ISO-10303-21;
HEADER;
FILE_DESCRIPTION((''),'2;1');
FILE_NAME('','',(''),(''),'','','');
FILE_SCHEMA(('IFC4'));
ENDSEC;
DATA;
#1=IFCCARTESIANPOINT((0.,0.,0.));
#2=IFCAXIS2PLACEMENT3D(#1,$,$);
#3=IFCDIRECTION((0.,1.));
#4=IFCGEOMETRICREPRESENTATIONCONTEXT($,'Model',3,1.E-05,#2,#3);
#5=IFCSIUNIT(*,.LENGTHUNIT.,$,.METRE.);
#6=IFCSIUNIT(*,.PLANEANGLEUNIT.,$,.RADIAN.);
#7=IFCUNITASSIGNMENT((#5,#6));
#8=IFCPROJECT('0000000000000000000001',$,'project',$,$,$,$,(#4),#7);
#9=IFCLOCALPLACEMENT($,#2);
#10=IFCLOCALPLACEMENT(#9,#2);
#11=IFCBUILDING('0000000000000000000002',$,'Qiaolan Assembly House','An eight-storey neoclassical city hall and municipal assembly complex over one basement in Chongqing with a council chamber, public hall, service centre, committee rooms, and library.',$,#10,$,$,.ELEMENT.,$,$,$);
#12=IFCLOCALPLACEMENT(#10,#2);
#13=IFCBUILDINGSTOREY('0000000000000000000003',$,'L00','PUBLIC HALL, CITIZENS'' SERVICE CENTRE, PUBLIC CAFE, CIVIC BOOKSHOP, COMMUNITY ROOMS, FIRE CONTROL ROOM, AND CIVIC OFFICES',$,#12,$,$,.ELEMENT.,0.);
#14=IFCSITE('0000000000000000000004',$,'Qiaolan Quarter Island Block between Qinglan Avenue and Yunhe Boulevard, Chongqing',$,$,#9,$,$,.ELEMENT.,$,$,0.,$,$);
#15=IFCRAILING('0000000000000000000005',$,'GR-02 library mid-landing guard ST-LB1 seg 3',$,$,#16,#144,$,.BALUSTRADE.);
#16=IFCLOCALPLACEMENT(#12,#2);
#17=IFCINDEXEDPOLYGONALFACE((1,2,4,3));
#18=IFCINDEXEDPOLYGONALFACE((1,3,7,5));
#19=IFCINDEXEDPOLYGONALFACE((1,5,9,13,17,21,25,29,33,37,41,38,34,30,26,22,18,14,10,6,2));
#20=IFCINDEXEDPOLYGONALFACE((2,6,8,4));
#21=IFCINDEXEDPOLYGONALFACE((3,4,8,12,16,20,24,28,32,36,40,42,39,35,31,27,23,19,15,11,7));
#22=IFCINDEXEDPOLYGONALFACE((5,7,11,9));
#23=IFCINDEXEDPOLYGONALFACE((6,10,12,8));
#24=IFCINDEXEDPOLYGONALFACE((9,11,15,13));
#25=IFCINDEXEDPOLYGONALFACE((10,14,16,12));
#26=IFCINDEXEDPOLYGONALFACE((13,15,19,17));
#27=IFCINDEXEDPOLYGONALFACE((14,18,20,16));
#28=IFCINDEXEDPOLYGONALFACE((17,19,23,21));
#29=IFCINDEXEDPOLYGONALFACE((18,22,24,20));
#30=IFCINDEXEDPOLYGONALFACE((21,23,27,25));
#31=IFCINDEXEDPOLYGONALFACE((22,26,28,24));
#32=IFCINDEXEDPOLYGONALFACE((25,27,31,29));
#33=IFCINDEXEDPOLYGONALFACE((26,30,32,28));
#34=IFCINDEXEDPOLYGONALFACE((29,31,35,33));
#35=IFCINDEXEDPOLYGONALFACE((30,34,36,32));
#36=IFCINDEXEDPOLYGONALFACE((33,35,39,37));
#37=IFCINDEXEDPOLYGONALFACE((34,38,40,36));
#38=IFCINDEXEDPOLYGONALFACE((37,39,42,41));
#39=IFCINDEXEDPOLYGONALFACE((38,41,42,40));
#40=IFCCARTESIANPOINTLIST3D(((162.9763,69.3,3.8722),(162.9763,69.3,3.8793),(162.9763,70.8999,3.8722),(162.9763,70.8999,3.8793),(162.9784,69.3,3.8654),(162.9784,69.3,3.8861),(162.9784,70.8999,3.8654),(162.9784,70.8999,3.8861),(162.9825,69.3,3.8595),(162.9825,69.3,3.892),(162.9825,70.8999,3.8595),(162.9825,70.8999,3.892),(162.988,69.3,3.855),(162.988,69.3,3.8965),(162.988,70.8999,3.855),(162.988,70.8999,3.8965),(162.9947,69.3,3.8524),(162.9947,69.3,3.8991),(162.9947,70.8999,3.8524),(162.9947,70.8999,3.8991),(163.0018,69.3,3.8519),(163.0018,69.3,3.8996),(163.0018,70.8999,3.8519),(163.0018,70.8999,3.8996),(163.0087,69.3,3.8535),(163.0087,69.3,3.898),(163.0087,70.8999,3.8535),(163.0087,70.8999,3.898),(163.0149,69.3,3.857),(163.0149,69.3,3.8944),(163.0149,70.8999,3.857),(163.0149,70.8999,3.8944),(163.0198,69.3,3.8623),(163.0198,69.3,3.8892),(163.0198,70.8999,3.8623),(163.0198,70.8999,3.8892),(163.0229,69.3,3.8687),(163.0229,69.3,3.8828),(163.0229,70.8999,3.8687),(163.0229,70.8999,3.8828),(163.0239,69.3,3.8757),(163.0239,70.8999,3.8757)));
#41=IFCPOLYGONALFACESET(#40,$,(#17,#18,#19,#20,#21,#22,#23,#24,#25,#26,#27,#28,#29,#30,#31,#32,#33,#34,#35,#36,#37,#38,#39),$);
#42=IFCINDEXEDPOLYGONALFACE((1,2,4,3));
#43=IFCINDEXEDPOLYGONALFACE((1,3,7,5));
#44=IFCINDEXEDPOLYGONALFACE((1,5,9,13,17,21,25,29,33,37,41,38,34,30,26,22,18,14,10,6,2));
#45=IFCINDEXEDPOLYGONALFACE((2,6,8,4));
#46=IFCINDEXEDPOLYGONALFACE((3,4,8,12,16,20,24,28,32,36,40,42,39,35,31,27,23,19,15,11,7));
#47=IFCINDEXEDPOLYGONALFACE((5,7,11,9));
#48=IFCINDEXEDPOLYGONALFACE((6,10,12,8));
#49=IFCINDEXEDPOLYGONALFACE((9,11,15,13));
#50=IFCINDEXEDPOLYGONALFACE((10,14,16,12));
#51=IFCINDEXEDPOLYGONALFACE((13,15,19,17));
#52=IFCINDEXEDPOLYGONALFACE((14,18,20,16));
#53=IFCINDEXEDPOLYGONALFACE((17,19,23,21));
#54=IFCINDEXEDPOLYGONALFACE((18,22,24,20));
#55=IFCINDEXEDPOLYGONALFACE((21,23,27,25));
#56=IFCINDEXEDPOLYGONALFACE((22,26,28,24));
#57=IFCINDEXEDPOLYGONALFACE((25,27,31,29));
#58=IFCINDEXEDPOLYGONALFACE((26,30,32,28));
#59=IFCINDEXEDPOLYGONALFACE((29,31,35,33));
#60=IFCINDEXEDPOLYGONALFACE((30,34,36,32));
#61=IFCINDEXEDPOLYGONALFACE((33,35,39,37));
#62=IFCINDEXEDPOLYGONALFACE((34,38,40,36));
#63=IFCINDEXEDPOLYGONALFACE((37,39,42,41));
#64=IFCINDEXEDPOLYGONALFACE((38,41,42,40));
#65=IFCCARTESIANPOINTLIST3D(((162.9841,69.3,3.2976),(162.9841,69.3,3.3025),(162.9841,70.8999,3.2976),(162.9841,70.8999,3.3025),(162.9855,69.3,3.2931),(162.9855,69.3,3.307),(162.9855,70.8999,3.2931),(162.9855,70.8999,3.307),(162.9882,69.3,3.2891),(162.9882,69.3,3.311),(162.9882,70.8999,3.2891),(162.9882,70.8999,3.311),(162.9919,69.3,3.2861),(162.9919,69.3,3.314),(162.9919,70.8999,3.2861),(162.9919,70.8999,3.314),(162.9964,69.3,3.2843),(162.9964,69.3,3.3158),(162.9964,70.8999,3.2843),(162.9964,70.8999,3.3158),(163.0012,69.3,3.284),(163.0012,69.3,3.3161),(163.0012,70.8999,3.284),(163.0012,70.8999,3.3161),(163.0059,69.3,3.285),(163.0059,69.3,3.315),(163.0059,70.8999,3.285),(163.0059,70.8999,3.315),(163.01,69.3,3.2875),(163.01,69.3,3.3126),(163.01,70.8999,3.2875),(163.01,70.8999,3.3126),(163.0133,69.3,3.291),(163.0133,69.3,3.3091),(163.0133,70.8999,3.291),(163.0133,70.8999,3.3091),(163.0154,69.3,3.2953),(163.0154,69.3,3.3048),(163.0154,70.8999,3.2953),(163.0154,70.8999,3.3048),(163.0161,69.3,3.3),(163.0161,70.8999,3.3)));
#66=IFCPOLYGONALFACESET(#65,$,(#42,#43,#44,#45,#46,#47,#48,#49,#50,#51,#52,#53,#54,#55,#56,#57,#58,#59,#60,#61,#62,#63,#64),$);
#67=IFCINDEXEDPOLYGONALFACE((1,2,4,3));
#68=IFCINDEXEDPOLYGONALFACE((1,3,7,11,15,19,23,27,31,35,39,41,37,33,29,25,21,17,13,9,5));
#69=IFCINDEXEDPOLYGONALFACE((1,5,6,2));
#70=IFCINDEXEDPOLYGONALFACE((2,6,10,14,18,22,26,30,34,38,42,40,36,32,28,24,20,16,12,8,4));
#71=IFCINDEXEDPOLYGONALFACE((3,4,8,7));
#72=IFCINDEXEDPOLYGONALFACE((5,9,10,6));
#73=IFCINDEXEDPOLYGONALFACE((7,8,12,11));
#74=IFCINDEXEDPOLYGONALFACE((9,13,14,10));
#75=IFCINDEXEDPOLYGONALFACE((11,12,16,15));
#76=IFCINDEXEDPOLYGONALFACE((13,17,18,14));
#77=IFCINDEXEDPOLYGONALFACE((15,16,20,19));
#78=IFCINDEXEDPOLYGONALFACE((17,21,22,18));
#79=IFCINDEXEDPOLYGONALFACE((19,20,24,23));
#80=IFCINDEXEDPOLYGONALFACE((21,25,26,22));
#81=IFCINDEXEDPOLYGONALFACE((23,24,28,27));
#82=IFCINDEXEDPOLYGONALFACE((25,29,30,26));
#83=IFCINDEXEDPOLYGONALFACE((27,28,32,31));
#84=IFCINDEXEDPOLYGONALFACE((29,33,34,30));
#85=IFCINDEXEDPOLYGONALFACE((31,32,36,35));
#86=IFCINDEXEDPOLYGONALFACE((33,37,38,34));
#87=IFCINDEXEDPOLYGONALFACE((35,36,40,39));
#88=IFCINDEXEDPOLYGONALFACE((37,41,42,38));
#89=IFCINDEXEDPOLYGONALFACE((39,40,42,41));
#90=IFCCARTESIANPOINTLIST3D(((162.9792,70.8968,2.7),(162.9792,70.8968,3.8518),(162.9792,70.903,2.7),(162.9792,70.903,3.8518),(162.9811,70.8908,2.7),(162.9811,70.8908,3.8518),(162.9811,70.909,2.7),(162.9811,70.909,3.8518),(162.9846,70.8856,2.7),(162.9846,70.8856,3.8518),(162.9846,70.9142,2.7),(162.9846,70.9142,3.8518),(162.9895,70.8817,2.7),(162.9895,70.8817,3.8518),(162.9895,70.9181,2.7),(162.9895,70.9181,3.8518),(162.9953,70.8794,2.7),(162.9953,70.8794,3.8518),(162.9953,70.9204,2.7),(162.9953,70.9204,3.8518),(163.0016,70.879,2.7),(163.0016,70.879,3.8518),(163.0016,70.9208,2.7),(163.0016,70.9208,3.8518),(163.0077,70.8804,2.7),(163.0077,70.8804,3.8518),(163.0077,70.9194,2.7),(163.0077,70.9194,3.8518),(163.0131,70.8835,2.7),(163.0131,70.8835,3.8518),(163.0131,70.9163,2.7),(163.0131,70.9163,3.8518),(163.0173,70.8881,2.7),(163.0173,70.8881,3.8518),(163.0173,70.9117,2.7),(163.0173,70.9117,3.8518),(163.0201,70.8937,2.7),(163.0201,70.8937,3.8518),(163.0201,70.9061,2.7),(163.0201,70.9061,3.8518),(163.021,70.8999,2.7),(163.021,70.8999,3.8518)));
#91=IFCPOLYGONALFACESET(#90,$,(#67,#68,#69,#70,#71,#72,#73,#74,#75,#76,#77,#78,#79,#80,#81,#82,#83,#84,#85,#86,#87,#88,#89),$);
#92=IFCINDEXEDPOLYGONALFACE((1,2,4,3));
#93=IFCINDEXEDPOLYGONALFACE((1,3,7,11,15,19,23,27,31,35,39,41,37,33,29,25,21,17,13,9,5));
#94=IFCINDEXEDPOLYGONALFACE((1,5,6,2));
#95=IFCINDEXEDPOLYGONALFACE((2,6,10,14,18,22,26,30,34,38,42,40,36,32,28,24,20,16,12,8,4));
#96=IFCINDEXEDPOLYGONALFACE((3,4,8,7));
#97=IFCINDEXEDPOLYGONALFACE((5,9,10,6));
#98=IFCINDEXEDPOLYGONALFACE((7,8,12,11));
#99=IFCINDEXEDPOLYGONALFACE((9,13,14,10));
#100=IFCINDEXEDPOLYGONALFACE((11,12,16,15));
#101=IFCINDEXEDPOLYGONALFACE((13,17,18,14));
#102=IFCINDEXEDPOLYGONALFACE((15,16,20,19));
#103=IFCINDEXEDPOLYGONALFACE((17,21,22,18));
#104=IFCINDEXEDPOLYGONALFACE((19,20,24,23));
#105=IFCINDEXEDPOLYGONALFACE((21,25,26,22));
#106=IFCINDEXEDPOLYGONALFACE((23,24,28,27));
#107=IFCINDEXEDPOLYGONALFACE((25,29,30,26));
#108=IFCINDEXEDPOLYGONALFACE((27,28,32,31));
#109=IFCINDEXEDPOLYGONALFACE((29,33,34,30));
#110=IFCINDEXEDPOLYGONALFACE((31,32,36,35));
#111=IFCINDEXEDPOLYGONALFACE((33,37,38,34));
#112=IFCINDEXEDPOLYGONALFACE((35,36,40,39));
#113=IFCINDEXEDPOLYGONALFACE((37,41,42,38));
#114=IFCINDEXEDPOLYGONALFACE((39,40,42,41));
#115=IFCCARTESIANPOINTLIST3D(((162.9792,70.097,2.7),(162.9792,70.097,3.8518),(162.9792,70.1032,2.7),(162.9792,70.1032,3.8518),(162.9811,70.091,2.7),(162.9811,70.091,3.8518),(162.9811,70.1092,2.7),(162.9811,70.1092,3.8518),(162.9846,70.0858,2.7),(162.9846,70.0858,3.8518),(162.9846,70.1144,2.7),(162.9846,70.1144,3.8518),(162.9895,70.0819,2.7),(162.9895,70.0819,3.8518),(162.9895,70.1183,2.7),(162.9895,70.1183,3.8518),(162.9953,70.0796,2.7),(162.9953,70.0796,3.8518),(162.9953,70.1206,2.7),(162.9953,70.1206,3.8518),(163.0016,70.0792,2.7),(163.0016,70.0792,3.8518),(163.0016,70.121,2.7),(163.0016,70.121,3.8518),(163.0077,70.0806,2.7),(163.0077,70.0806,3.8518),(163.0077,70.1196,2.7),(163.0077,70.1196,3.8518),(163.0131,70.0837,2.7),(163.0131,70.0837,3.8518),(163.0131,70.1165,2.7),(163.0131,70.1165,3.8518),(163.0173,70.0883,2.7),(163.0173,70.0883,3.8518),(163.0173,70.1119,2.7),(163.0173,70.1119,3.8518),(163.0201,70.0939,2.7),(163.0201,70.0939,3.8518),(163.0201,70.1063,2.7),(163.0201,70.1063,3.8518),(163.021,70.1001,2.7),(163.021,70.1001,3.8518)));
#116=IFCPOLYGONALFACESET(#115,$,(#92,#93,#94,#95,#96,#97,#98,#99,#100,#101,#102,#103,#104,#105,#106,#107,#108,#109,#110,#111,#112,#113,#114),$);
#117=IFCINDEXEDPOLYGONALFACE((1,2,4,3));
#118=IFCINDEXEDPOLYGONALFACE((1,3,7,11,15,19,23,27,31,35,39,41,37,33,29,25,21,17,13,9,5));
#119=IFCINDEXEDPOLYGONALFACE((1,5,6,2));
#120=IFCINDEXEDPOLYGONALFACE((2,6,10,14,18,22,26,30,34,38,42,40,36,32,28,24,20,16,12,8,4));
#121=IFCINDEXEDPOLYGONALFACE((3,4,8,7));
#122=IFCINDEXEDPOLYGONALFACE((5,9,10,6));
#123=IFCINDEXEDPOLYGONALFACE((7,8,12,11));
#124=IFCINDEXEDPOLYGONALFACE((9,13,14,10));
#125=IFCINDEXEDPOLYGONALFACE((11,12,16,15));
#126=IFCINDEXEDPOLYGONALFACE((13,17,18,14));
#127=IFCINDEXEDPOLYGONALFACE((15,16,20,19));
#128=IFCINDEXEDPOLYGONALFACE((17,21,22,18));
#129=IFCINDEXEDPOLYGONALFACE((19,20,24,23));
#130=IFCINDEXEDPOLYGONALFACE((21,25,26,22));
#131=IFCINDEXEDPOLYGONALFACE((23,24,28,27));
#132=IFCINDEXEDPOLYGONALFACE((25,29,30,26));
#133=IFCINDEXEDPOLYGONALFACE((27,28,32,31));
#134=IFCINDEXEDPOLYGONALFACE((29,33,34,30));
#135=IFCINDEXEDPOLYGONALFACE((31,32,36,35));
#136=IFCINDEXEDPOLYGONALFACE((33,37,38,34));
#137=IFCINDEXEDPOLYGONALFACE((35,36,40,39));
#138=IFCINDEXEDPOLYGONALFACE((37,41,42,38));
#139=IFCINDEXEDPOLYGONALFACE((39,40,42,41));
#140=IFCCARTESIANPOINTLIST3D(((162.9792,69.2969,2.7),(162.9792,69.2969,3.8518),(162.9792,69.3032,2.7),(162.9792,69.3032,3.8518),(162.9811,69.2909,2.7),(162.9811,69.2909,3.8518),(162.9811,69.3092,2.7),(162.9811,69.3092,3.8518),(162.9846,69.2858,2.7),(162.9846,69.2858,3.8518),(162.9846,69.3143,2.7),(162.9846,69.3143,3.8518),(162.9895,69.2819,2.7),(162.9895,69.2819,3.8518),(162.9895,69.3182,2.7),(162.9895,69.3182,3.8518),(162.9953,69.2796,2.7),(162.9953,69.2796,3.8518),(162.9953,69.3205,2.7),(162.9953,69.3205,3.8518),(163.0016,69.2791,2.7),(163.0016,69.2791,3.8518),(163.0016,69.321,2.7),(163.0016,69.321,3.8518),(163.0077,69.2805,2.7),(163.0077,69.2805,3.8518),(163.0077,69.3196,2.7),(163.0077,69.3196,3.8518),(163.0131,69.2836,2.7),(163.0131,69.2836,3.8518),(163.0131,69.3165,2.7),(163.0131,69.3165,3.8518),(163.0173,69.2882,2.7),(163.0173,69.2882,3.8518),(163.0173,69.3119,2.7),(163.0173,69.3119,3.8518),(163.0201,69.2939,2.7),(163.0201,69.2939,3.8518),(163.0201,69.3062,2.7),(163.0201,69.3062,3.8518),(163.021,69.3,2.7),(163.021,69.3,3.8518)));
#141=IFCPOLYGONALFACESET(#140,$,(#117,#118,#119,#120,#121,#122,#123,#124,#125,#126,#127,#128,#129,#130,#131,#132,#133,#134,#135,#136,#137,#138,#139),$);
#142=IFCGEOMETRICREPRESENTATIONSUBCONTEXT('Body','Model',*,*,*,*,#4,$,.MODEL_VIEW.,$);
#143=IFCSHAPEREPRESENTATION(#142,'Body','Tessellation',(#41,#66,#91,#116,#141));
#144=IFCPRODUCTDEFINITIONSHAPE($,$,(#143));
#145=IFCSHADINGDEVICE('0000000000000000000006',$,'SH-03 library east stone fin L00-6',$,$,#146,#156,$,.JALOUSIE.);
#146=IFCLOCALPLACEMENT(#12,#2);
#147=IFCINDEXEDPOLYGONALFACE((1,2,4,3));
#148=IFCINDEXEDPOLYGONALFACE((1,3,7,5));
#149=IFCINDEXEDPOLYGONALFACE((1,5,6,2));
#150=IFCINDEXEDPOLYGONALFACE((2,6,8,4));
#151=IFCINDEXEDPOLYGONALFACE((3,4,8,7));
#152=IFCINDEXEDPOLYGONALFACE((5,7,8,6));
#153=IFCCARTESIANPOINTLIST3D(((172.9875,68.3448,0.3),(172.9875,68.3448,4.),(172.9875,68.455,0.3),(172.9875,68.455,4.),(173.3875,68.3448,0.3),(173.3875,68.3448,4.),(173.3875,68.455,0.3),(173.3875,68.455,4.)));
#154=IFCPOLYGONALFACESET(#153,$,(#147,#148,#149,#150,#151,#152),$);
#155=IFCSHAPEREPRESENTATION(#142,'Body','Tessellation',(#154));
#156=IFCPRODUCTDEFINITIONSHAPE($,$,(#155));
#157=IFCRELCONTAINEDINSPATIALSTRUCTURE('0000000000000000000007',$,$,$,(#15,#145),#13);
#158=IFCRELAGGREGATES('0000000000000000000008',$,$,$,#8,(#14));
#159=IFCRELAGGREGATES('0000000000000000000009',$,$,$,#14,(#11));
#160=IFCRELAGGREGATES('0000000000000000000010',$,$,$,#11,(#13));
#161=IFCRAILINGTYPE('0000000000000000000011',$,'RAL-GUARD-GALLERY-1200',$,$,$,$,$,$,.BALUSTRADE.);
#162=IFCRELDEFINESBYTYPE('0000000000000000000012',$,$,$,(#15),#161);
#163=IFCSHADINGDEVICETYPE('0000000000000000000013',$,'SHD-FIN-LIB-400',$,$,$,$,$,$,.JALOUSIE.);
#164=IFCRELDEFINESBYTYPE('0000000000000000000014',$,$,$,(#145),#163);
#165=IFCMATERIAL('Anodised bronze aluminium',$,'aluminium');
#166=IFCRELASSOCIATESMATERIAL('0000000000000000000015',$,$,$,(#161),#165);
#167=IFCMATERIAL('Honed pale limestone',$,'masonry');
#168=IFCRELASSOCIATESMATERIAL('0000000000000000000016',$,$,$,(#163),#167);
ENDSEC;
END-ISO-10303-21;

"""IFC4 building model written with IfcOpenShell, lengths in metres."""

from ifc_helpers import new_model, si_unit, direction, frame, origin, origin_2d, place, context, subcontext, project, spatial, rectangle, circle, extrude, material, material_profile, profile_set, type_object, element, save


model = new_model("IFC4")

# Units and contexts
model_context = context("Model", 3, precision=1e-05, world=origin(), true_north=direction((0.0, 1.0)))
body_context = subcontext(model_context, "Body", "Model", "MODEL_VIEW")
ifc_project = project(units=[si_unit("LENGTHUNIT", "METRE"), si_unit("PLANEANGLEUNIT", "RADIAN")], contexts=[model_context])

# Site, building, storey
site_placement = place(None, origin())
site = spatial("IfcSite", under=ifc_project, at=site_placement, Name="Qiaolan Quarter Island Block between Qinglan Avenue and Yunhe Boulevard, Chongqing", CompositionType="ELEMENT", RefElevation=0.0)
building_placement = place(site_placement, origin())
building = spatial("IfcBuilding", under=site, at=building_placement, Name="Qiaolan Assembly House", Description="An eight-storey neoclassical city hall and municipal assembly complex over one basement in Chongqing with a council chamber, public hall, service centre, committee rooms, and library.", CompositionType="ELEMENT")
storey_placement = place(building_placement, origin())
storey = spatial("IfcBuildingStorey", under=building, at=storey_placement, Name="L00", Description="PUBLIC HALL, CITIZENS' SERVICE CENTRE, PUBLIC CAFE, CIVIC BOOKSHOP, COMMUNITY ROOMS, FIRE CONTROL ROOM, AND CIVIC OFFICES", CompositionType="ELEMENT", Elevation=0.0)

# Shared definitions
ifc_material_1 = material(Name="Honed pale limestone", Category="masonry")
ifc_material_2 = material(Name="Anodised bronze aluminium", Category="aluminium")

# Railing
railing_type = type_object("IfcRailingType", Name="RAL-GUARD-GALLERY-1200", PredefinedType="BALUSTRADE", material=ifc_material_2)
railing_1_placement = place(storey_placement, frame((163.0, 70.8999, 2.7)))
element("IfcRailing", 1, at=railing_1_placement, inside=storey, type_object=railing_type, Name="GR-02 library mid-landing guard ST-LB1 seg 3", PredefinedType="BALUSTRADE", context=body_context, shape_type="SweptSolid", body=[
    extrude(circle(Radius=0.0239, at=origin_2d()), frame((0.0, 0.0, 1.1758), z_axis=(0.0, -1.0, 0.0), x_axis=(1.0, 0.0, 0.0)), (0.0, 0.0, 1.0), 1.5999),
    extrude(circle(Radius=0.0161, at=origin_2d()), frame((0.0, 0.0, 0.6001), z_axis=(0.0, -1.0, 0.0), x_axis=(1.0, 0.0, 0.0)), (0.0, 0.0, 1.0), 1.5999),
    extrude(circle(Radius=0.021, at=origin_2d()), origin(), (0.0, 0.0, 1.0), 1.1519),
    extrude(circle(Radius=0.021, at=origin_2d()), frame((0.0, -0.7998, 0.0)), (0.0, 0.0, 1.0), 1.1519),
    extrude(circle(Radius=0.021, at=origin_2d()), frame((0.0, -1.5999, 0.0)), (0.0, 0.0, 1.0), 1.1519),
])

# Shading device
ifc_material_profile_1 = material_profile(ifc_material_1, rectangle(XDim=0.1101, YDim=0.3999, at=origin_2d()), Name="FIN 110x400")
ifc_profile_set_1 = profile_set([ifc_material_profile_1], Name="Honed pale limestone")
shading_device_type = type_object("IfcShadingDeviceType", Name="SHD-FIN-LIB-400", PredefinedType="JALOUSIE", material=ifc_profile_set_1)
shading_device_placement = place(storey_placement, frame((173.1875, 68.3999, 0.3), z_axis=(0.0, 0.0, 1.0), x_axis=(0.0, 1.0, 0.0)))
element("IfcShadingDevice", 2, at=shading_device_placement, inside=storey, type_object=shading_device_type, Name="SH-03 library east stone fin L00-6", PredefinedType="JALOUSIE", context=body_context, shape_type="SweptSolid", body=[
    extrude(rectangle(XDim=0.1101, YDim=0.3999, at=origin_2d()), origin(), (0.0, 0.0, 1.0), 3.7),
])

save(model, "model.ifc")
